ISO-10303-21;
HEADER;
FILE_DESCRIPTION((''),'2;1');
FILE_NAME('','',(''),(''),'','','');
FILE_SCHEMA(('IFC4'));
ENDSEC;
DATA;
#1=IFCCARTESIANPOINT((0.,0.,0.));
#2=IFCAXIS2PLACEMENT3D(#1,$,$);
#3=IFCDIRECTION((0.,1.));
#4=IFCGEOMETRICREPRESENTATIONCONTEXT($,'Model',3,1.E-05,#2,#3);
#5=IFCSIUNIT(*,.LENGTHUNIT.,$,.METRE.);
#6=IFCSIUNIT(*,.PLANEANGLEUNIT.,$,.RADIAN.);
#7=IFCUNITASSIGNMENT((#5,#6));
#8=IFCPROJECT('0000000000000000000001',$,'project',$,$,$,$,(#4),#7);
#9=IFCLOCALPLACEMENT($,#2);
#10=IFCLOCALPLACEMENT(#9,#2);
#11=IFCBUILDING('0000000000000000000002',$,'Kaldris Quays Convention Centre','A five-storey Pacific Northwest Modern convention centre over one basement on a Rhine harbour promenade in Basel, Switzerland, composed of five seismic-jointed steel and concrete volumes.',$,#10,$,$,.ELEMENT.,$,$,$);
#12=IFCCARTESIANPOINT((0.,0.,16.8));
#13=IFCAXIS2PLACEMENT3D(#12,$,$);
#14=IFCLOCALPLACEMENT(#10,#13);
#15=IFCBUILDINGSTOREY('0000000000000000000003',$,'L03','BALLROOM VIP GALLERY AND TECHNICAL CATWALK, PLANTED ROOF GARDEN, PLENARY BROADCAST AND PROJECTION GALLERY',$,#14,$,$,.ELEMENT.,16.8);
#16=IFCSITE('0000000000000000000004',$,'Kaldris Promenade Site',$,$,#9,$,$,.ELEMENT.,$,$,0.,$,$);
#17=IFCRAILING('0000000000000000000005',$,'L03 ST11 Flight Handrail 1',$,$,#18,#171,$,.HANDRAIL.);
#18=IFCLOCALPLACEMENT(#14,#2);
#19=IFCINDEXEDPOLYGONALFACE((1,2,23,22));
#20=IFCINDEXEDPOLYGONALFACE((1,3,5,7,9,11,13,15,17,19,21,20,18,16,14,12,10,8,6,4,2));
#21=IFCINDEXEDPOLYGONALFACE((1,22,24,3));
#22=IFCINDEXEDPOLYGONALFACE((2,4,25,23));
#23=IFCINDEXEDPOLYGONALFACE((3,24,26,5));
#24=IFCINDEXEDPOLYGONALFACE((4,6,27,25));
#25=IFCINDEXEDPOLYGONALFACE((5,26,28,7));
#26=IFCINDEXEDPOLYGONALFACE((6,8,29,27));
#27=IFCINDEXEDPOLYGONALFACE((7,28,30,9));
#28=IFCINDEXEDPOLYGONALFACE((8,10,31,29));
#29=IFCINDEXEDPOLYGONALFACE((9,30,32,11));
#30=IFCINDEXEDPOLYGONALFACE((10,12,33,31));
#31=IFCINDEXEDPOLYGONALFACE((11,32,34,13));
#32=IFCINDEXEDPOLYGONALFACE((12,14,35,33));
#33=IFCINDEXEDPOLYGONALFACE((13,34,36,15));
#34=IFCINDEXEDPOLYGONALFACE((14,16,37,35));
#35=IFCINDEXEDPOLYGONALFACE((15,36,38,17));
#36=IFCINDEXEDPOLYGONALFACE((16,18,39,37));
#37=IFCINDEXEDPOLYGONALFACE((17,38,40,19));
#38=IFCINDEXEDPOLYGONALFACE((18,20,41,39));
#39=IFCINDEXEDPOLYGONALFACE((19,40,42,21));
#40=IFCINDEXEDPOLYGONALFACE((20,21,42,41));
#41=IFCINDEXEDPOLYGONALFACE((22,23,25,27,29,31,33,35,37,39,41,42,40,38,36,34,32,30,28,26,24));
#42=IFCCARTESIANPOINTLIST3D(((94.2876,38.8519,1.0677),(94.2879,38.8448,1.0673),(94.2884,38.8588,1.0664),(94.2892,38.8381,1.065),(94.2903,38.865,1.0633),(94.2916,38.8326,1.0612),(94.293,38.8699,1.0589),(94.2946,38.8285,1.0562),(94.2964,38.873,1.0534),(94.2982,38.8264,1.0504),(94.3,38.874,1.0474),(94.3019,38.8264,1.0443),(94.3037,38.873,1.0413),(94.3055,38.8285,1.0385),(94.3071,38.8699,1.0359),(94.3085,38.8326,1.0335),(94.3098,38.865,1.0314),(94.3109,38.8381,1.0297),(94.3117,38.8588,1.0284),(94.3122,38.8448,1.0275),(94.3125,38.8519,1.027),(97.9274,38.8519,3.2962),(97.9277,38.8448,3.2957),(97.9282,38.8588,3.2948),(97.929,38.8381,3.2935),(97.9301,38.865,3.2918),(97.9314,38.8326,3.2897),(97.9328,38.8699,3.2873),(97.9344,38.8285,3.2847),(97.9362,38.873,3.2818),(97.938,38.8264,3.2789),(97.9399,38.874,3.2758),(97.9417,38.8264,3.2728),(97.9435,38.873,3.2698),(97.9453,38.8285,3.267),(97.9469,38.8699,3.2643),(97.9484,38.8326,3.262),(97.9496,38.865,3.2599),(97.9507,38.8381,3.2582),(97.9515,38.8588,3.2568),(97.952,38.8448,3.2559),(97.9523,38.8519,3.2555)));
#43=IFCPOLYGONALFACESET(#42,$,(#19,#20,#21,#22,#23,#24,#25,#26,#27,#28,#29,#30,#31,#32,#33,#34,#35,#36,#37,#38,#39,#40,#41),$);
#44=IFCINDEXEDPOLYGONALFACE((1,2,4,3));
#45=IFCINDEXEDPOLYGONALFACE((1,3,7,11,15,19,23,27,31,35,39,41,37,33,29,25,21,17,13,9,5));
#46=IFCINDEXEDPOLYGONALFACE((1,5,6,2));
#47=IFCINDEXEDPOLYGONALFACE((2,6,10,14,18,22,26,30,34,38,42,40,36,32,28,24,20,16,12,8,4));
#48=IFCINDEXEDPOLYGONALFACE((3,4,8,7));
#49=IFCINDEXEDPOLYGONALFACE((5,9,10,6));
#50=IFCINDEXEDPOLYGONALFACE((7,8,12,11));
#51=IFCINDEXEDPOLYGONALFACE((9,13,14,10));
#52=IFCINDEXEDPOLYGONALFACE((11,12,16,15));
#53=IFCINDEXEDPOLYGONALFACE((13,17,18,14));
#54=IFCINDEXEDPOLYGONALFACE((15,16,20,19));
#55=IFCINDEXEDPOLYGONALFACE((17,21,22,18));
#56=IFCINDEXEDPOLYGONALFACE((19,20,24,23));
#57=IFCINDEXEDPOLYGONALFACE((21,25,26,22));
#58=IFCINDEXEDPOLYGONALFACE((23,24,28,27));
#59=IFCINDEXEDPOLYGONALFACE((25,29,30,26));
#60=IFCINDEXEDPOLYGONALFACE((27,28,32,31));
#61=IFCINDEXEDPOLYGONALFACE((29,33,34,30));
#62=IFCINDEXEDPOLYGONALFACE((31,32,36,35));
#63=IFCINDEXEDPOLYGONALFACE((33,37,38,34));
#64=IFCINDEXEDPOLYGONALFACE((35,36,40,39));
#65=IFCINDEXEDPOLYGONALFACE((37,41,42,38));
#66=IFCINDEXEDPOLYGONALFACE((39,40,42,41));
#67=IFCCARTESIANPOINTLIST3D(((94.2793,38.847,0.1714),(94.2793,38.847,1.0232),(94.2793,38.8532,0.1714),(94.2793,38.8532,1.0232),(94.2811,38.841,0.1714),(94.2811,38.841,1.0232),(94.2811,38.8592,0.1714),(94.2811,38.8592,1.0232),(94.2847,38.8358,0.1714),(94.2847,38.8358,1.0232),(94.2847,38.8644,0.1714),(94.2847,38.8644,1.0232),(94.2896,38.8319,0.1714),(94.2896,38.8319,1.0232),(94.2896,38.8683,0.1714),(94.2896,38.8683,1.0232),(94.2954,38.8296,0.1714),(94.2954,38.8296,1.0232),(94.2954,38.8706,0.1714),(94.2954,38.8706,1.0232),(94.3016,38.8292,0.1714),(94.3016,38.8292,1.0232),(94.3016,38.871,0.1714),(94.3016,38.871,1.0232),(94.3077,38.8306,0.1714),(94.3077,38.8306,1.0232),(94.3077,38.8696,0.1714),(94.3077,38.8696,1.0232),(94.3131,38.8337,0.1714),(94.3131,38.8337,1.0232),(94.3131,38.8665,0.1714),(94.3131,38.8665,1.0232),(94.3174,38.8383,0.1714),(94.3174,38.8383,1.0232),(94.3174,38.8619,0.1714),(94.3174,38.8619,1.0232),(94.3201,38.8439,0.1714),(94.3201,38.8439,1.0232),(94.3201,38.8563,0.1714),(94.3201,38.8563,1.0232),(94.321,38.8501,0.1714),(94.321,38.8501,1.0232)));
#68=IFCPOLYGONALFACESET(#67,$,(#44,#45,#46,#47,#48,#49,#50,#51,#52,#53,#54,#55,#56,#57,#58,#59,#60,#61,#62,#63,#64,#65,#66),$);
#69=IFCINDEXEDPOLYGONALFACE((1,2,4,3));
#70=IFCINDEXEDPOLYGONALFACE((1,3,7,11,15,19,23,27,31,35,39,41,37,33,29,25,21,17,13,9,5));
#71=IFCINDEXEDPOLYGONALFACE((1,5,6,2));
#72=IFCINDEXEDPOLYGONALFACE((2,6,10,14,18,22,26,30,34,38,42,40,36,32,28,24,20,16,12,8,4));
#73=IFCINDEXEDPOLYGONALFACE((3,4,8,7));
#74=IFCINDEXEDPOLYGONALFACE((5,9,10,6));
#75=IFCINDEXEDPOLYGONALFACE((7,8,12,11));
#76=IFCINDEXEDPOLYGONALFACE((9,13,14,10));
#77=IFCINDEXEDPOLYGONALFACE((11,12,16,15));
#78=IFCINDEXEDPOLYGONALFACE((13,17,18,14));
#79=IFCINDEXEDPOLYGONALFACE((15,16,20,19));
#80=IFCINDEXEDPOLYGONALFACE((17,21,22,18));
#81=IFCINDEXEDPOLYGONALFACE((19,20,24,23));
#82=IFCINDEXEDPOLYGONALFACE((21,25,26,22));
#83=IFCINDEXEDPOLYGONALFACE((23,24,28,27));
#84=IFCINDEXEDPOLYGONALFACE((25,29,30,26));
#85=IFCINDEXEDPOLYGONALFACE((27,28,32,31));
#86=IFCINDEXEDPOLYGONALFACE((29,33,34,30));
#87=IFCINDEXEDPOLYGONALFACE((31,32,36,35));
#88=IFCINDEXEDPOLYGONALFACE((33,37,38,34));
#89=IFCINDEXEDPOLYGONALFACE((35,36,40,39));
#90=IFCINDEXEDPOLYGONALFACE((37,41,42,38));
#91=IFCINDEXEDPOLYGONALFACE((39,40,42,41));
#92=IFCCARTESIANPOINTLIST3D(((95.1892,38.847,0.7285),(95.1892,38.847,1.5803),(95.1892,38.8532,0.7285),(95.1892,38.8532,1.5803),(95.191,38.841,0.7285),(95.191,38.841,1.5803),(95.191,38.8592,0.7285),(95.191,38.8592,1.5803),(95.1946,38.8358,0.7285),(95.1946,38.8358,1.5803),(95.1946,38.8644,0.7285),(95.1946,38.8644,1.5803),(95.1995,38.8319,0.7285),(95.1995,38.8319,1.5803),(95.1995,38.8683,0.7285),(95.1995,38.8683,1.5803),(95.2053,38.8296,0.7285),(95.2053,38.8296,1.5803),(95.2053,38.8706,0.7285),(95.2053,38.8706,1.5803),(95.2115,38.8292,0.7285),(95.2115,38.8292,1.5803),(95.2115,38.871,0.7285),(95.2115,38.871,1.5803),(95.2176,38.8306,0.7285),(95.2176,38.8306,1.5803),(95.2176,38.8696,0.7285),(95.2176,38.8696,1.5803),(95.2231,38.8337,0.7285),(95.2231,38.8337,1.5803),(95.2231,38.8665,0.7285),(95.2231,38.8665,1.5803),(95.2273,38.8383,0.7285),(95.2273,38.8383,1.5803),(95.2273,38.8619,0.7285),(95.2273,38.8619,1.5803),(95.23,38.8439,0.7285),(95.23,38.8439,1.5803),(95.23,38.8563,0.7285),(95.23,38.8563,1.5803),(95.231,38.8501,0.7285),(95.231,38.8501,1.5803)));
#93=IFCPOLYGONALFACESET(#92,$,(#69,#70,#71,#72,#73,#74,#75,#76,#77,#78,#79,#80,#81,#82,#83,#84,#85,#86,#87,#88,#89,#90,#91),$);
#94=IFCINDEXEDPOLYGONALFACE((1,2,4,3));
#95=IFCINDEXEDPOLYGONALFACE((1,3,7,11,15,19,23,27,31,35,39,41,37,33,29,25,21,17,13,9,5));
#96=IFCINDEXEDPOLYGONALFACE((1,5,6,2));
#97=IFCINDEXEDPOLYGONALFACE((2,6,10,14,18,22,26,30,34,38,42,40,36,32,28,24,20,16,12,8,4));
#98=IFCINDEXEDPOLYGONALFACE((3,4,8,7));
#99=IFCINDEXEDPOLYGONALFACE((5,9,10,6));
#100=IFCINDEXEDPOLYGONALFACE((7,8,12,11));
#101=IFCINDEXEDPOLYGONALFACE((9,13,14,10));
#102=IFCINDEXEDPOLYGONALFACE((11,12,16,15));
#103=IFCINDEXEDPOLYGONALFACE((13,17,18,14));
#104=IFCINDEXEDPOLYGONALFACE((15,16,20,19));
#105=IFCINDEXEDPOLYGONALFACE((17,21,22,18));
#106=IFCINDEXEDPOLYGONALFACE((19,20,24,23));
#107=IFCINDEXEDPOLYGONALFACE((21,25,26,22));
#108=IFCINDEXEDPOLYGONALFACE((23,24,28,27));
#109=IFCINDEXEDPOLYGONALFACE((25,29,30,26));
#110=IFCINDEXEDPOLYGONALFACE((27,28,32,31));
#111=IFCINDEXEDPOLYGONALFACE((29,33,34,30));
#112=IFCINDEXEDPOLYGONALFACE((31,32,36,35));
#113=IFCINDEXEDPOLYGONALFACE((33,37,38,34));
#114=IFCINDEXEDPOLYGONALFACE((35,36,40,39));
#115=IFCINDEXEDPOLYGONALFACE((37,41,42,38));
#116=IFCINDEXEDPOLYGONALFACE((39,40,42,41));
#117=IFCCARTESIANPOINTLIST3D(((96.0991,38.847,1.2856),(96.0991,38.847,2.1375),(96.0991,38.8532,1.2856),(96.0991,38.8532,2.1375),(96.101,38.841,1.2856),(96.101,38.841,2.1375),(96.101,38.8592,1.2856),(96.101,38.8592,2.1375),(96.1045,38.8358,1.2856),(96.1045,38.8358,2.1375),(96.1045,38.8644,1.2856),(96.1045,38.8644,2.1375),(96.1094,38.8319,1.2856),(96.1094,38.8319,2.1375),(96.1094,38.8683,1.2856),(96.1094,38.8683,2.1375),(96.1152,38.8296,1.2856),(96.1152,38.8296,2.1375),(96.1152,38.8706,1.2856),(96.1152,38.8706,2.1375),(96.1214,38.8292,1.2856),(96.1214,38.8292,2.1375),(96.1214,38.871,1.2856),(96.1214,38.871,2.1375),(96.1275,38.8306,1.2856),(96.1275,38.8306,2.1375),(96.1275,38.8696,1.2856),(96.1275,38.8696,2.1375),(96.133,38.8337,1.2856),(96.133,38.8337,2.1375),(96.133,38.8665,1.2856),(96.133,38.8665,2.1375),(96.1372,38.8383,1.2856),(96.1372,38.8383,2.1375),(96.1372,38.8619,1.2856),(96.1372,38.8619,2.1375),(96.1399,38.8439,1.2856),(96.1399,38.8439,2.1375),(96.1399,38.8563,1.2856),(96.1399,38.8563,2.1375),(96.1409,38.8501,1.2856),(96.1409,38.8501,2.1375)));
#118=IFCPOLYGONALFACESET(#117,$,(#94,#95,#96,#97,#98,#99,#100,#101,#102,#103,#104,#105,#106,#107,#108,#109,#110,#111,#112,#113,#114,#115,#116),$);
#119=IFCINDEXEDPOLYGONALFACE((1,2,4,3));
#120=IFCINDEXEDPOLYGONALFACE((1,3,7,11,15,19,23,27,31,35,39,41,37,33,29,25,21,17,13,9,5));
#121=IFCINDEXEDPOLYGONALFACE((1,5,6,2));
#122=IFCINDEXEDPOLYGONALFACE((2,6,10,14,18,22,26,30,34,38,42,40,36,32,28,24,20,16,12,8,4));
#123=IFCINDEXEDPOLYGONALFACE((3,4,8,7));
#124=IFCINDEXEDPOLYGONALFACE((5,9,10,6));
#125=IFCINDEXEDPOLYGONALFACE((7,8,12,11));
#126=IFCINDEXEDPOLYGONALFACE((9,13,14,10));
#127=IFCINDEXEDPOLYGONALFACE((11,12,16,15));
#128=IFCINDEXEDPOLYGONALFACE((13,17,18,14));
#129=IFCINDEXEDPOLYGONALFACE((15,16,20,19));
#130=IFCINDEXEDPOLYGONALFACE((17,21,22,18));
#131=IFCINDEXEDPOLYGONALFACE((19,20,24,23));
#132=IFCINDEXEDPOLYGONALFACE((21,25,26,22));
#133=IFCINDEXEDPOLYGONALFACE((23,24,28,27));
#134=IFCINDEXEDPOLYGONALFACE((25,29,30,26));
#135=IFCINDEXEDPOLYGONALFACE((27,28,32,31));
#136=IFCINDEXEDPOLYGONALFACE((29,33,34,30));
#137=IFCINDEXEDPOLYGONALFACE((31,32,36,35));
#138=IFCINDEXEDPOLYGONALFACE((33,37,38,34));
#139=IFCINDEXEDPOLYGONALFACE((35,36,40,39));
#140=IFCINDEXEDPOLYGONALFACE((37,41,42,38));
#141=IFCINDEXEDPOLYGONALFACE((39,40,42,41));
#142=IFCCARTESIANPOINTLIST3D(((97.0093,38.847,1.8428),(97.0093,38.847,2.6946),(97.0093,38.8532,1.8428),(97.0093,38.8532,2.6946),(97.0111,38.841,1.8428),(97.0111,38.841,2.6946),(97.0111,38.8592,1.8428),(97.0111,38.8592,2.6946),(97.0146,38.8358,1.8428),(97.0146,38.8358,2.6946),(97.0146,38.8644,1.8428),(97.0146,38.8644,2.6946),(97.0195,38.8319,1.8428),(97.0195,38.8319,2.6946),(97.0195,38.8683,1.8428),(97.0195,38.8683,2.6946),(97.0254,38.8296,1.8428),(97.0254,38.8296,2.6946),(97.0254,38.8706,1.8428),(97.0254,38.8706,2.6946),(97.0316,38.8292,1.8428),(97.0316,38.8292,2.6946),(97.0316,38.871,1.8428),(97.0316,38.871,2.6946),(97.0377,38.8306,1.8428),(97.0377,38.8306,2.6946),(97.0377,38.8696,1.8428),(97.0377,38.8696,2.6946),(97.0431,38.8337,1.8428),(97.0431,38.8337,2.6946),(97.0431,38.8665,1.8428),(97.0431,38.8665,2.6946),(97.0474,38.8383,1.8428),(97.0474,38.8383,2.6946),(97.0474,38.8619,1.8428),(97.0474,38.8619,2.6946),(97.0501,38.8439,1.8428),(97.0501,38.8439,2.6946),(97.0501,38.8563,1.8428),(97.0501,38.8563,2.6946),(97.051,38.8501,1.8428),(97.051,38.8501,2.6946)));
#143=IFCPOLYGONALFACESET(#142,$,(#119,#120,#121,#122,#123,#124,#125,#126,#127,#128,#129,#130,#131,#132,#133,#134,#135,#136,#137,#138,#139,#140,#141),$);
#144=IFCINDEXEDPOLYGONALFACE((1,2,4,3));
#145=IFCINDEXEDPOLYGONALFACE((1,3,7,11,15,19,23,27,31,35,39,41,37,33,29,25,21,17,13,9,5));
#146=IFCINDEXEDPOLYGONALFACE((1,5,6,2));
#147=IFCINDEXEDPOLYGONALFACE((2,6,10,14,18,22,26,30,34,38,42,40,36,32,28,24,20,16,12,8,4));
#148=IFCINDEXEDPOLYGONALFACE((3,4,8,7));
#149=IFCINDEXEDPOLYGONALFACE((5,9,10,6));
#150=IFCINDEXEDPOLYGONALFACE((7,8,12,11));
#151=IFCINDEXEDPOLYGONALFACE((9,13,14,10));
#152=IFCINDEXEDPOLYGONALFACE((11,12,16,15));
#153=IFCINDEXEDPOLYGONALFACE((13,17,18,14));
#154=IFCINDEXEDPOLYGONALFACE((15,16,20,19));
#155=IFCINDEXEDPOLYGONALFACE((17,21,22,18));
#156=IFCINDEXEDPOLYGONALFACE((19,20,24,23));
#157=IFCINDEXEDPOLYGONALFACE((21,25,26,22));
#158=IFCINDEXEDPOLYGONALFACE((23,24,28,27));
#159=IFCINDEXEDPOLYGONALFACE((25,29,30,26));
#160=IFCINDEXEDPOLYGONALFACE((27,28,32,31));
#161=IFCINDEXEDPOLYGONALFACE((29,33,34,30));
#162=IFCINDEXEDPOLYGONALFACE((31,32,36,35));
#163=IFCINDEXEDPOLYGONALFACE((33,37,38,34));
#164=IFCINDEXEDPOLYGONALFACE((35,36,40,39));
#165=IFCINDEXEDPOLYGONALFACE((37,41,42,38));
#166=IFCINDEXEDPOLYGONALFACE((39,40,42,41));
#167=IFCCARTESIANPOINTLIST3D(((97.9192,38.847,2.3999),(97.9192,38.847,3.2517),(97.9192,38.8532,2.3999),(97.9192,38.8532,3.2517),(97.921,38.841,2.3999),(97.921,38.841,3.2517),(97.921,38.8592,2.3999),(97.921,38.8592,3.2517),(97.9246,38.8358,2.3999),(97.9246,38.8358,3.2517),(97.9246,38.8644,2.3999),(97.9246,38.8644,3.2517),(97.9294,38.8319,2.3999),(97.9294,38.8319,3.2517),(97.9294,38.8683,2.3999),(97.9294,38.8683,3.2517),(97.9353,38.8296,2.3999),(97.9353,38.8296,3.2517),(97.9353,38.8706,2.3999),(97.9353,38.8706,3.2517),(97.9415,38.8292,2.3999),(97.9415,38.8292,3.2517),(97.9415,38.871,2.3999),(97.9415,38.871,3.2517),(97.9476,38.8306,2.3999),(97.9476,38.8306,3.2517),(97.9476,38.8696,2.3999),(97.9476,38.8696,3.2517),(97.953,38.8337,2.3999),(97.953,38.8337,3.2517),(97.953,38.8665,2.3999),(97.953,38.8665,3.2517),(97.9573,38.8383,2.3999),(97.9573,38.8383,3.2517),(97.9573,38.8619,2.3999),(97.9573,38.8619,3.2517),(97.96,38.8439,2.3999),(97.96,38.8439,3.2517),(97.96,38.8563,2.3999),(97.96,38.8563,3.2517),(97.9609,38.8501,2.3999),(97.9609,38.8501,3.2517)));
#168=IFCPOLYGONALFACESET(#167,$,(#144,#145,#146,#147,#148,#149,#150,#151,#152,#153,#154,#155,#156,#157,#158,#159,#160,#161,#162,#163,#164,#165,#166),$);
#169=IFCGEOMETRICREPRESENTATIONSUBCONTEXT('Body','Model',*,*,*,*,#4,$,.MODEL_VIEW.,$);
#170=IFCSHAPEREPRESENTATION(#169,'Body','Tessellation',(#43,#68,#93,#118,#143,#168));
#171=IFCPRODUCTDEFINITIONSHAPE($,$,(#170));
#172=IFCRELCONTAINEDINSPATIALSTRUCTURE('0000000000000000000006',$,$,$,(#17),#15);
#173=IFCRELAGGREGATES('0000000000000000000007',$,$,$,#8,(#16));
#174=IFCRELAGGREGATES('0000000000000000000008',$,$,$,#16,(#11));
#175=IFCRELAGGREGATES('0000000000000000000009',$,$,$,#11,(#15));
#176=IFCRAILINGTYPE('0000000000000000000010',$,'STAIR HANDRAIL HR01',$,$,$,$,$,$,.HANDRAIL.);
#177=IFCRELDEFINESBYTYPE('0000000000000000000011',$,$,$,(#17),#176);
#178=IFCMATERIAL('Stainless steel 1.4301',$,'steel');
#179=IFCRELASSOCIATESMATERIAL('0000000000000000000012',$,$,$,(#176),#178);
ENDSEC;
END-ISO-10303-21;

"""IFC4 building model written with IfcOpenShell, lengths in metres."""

from ifc_helpers import new_model, si_unit, direction, frame, origin, origin_2d, place, context, subcontext, project, spatial, circle, extrude, material, type_object, element, save


model = new_model("IFC4")

# Units and contexts
model_context = context("Model", 3, precision=1e-05, world=origin(), true_north=direction((0.0, 1.0)))
body_context = subcontext(model_context, "Body", "Model", "MODEL_VIEW")
ifc_project = project(units=[si_unit("LENGTHUNIT", "METRE"), si_unit("PLANEANGLEUNIT", "RADIAN")], contexts=[model_context])

# Site, building, storey
site_placement = place(None, origin())
site = spatial("IfcSite", under=ifc_project, at=site_placement, Name="Kaldris Promenade Site", CompositionType="ELEMENT", RefElevation=0.0)
building_placement = place(site_placement, origin())
building = spatial("IfcBuilding", under=site, at=building_placement, Name="Kaldris Quays Convention Centre", Description="A five-storey Pacific Northwest Modern convention centre over one basement on a Rhine harbour promenade in Basel, Switzerland, composed of five seismic-jointed steel and concrete volumes.", CompositionType="ELEMENT")
storey_placement = place(building_placement, frame((0.0, 0.0, 16.8)))
storey = spatial("IfcBuildingStorey", under=building, at=storey_placement, Name="L03", Description="BALLROOM VIP GALLERY AND TECHNICAL CATWALK, PLANTED ROOF GARDEN, PLENARY BROADCAST AND PROJECTION GALLERY", CompositionType="ELEMENT", Elevation=16.8)

# Railing
ifc_material_1 = material(Name="Stainless steel 1.4301", Category="steel")
railing_type_1 = type_object("IfcRailingType", Name="STAIR HANDRAIL HR01", PredefinedType="HANDRAIL", material=ifc_material_1)
for number, where, name in (
    (1, (94.3, 38.8501, 0.1714), "L03 ST11 Flight Handrail 1"),
):
    element("IfcRailing", number, at=place(storey_placement, frame(where)), inside=storey, type_object=railing_type_1, Name=name, PredefinedType="HANDRAIL", context=body_context, shape_type="SweptSolid", body=[
        extrude(circle(Radius=0.0239, at=origin_2d()), frame((0.0, 0.0, 0.876), z_axis=(0.85285, 0.0, 0.522156), x_axis=(0.0, 1.0, 0.0)), (0.0, 0.0, 1.0), 4.2678),
        extrude(circle(Radius=0.021, at=origin_2d()), origin(), (0.0, 0.0, 1.0), 0.8518),
        extrude(circle(Radius=0.021, at=origin_2d()), frame((0.9099, 0.0, 0.5571)), (0.0, 0.0, 1.0), 0.8518),
        extrude(circle(Radius=0.021, at=origin_2d()), frame((1.8198, 0.0, 1.1143)), (0.0, 0.0, 1.0), 0.8518),
        extrude(circle(Radius=0.021, at=origin_2d()), frame((2.73, 0.0, 1.6714)), (0.0, 0.0, 1.0), 0.8518),
        extrude(circle(Radius=0.021, at=origin_2d()), frame((3.6399, 0.0, 2.2285)), (0.0, 0.0, 1.0), 0.8518),
    ])

save(model, "model.ifc")
